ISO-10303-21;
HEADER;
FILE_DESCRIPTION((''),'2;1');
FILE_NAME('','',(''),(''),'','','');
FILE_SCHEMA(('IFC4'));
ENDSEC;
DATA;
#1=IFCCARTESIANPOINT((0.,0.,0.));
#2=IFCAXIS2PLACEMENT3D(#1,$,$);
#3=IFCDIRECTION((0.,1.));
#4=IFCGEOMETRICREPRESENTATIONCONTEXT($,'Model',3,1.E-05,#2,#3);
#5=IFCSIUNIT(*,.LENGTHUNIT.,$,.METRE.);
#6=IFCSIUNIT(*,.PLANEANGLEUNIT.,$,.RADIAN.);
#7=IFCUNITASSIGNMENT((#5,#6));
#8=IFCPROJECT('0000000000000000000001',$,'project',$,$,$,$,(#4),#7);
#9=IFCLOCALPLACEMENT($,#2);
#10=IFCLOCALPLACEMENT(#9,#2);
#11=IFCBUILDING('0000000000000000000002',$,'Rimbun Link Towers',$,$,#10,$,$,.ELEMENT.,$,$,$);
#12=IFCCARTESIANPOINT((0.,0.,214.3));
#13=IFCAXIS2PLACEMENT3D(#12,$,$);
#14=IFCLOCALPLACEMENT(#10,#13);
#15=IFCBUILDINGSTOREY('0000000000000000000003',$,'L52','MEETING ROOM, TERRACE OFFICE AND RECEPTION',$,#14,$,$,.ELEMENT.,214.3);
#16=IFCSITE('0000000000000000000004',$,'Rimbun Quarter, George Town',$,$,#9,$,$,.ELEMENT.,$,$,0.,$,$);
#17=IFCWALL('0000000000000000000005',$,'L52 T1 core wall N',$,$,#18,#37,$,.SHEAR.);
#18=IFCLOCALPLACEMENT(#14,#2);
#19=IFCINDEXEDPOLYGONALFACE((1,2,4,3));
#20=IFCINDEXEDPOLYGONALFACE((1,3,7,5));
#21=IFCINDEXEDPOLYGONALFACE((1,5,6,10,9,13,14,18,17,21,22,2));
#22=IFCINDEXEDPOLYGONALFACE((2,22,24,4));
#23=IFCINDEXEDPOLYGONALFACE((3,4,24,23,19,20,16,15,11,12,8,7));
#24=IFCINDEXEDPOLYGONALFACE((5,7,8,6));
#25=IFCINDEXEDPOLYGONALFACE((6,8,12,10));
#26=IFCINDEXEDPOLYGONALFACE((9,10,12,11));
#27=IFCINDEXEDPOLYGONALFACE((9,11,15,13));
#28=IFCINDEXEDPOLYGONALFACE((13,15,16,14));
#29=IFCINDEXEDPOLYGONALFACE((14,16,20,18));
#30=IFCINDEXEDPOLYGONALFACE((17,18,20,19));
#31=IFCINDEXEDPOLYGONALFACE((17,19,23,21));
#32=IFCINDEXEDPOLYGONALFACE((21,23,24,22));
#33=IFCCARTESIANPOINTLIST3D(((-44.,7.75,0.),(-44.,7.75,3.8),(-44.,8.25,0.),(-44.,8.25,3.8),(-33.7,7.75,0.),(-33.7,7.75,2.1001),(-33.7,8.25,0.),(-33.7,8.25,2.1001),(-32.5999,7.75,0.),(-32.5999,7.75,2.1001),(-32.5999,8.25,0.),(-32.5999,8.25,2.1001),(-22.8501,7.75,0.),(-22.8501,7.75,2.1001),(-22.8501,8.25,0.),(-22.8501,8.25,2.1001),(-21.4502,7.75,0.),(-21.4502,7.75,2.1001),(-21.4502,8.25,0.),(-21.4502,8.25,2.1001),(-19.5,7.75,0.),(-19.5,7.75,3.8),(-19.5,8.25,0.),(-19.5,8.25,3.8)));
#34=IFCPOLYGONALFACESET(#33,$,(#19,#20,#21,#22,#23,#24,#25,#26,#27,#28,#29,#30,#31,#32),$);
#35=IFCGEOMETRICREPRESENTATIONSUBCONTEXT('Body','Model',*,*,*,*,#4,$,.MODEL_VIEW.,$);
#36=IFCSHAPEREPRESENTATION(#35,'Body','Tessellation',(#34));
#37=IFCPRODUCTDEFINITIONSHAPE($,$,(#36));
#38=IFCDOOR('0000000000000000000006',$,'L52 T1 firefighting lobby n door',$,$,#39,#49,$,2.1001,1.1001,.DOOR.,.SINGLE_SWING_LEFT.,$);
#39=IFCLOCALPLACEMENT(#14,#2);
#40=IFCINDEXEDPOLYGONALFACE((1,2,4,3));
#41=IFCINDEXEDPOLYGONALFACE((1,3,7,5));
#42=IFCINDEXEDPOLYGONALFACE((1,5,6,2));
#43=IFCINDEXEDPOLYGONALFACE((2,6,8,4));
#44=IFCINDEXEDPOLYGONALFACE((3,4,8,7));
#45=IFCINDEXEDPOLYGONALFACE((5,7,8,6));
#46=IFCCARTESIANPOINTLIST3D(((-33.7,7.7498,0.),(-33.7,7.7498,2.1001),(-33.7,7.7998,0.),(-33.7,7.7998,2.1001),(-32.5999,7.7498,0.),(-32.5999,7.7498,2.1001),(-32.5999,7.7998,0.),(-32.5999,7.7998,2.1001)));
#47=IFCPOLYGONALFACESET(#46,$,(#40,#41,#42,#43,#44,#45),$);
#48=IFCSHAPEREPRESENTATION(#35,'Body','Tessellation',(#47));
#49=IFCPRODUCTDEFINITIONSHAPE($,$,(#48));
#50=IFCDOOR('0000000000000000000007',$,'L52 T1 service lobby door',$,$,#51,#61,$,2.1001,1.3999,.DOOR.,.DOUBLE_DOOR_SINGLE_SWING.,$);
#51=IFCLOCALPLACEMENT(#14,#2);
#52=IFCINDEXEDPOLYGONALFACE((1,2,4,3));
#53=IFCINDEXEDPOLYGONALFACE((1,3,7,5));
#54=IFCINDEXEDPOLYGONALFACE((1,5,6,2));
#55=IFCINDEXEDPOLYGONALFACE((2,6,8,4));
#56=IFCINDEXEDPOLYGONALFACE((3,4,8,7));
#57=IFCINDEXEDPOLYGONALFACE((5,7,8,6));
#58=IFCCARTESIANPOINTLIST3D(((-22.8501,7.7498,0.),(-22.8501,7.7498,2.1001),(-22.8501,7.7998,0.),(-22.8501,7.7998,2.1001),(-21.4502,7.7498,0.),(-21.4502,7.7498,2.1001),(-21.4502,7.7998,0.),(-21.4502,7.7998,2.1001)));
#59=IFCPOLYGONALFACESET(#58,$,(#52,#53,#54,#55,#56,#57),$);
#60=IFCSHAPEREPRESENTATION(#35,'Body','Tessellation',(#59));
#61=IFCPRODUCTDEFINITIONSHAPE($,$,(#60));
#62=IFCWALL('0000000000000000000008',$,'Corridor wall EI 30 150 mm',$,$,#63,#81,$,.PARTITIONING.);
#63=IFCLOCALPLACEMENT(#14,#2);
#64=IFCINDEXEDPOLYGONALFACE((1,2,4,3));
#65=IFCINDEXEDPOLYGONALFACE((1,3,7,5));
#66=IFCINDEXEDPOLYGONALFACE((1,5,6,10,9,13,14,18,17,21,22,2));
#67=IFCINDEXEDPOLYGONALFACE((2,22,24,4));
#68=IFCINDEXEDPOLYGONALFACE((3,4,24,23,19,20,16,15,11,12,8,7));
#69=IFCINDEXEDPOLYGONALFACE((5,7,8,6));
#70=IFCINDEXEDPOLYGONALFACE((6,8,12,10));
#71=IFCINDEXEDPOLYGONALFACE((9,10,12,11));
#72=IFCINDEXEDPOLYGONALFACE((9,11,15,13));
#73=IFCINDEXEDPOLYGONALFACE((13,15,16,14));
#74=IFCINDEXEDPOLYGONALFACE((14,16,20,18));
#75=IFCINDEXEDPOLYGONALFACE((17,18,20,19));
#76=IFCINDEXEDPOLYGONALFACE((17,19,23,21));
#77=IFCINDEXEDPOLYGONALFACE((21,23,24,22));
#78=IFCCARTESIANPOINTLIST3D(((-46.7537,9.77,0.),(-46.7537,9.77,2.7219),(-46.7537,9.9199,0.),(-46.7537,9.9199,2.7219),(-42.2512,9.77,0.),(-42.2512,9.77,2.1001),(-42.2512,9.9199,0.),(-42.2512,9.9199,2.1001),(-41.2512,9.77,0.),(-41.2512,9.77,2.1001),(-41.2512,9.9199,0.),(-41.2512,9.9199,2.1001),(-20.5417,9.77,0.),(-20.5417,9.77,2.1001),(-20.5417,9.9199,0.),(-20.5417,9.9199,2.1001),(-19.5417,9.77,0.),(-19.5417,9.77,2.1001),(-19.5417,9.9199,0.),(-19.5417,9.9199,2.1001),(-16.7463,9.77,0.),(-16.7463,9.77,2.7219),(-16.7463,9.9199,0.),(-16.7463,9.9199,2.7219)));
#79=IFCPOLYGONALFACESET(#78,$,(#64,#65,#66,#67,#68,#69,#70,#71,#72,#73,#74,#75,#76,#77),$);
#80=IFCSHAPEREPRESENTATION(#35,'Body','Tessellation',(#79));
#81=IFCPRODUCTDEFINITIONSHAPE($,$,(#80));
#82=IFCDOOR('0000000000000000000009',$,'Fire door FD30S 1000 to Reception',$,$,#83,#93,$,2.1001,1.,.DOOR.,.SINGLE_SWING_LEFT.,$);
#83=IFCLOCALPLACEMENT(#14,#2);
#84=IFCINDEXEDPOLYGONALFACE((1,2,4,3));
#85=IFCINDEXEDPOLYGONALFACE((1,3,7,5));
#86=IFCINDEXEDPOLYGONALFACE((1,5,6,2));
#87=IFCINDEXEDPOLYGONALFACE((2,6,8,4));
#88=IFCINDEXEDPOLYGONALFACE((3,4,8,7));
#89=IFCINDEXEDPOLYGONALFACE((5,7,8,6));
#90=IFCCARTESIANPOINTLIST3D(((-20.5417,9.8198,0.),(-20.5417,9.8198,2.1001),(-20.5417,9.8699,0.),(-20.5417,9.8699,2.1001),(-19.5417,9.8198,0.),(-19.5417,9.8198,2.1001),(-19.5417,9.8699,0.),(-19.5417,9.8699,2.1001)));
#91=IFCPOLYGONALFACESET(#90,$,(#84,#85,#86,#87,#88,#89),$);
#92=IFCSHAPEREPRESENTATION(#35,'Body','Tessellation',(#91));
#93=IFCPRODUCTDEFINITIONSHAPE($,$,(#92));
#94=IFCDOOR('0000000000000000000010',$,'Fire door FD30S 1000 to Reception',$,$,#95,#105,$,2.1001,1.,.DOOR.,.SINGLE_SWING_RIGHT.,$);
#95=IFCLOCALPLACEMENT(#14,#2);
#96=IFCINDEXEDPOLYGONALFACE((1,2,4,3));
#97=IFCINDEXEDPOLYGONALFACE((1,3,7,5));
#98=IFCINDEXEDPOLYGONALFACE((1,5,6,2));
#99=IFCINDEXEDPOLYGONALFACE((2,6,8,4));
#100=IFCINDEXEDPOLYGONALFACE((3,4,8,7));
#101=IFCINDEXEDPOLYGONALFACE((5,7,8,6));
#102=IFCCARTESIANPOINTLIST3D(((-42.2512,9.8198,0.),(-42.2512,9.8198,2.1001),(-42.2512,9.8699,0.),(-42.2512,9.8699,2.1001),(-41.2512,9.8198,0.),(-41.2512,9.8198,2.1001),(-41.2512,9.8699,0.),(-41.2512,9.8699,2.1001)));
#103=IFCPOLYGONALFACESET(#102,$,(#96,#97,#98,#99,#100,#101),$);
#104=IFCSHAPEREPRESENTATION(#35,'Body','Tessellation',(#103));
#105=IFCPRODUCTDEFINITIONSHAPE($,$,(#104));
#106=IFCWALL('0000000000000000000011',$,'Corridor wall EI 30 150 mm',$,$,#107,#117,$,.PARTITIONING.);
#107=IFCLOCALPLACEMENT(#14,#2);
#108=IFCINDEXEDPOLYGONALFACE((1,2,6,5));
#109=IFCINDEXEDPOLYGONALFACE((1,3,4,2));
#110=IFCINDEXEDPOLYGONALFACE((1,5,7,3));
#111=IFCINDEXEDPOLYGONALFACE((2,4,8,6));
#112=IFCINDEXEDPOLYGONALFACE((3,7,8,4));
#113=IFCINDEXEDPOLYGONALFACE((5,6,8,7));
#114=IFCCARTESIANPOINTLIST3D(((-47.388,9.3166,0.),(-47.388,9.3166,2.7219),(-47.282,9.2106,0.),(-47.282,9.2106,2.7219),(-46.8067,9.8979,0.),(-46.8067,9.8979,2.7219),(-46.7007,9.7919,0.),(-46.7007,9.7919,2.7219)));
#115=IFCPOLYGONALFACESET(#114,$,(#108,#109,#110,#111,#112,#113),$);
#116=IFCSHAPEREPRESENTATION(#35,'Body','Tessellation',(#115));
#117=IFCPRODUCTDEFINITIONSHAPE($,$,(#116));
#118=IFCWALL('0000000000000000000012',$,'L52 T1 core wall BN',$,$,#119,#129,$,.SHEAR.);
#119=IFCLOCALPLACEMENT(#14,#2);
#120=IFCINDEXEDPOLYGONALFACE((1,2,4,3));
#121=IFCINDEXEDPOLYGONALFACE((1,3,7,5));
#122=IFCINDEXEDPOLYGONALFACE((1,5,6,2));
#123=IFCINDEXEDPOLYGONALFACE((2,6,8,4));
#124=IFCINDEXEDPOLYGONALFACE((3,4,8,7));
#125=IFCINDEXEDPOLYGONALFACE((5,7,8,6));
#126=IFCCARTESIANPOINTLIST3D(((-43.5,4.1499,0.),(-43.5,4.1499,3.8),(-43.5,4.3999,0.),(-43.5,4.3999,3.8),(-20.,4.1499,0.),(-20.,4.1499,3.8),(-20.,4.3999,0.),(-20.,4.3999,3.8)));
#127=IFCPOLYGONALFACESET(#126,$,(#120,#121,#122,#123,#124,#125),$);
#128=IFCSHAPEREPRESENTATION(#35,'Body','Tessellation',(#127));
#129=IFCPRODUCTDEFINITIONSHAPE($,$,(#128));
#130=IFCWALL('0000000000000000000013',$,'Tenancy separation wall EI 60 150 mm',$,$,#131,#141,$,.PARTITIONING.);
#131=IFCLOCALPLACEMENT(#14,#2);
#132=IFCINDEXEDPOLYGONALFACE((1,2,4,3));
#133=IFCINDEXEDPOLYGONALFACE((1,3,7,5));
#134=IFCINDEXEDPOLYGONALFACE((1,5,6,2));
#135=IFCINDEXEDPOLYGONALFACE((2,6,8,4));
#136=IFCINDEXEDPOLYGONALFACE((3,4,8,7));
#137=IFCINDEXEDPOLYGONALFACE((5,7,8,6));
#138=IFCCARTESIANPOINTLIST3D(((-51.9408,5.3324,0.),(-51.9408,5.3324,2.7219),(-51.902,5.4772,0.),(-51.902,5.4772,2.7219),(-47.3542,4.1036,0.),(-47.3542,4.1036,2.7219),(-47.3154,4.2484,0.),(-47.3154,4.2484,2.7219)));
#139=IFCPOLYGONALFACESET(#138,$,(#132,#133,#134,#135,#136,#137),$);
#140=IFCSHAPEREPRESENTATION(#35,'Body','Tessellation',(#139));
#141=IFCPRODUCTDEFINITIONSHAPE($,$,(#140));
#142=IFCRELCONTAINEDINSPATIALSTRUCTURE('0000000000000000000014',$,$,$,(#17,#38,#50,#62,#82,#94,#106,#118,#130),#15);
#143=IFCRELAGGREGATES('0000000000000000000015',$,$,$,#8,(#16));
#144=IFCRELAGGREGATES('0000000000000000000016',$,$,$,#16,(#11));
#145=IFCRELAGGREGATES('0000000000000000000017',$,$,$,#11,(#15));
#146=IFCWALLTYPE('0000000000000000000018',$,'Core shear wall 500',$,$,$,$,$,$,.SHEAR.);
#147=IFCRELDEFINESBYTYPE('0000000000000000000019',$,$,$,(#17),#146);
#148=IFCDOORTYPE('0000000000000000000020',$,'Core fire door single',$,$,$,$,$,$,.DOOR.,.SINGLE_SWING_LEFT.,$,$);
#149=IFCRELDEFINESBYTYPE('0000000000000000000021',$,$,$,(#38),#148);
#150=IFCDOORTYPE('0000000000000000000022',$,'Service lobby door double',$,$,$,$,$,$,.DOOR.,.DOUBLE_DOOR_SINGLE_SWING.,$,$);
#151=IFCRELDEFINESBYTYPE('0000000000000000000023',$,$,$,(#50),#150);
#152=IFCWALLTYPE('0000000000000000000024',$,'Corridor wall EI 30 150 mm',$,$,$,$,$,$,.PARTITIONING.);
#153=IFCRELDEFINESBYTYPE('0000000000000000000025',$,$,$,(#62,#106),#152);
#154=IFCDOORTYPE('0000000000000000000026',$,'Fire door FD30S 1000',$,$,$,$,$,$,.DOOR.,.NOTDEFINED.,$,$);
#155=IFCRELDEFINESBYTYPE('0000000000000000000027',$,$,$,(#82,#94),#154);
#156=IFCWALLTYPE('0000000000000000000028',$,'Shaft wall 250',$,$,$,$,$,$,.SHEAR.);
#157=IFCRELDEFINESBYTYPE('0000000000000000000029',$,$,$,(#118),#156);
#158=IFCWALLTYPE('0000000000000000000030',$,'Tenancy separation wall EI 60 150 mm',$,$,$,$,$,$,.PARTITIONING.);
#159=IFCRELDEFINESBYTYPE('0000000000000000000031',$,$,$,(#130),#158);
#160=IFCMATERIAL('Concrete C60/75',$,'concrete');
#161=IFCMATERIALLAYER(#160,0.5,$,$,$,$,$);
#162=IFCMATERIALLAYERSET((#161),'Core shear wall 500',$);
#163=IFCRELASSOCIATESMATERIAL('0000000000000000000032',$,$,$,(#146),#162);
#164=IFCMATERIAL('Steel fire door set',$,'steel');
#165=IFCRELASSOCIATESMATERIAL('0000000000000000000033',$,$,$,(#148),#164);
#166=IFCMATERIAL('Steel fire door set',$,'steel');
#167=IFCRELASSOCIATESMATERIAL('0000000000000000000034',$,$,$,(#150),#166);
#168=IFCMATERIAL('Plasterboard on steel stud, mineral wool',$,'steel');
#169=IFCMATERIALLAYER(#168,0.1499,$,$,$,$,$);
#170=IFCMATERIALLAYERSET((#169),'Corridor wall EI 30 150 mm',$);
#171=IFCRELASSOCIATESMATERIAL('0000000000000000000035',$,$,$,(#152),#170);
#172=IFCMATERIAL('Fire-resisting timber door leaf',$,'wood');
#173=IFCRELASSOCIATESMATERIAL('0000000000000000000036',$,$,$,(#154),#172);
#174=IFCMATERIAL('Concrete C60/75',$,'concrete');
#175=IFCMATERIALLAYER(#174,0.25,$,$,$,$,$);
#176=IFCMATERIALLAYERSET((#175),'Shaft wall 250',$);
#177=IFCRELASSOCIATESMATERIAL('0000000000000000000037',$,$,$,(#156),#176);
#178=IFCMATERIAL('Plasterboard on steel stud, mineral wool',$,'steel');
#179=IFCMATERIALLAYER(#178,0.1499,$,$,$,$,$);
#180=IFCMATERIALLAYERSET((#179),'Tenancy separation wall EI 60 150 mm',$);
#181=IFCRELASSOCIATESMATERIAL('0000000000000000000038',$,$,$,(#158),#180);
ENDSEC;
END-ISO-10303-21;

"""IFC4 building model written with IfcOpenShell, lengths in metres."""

from ifc_helpers import new_model, si_unit, direction, frame, frame_2d, origin, place, context, subcontext, project, spatial, rectangle, extrude, material, layer, layer_set, type_object, element, fill, save


model = new_model("IFC4")

# Units and contexts
model_context = context("Model", 3, precision=1e-05, world=origin(), true_north=direction((0.0, 1.0)))
body_context = subcontext(model_context, "Body", "Model", "MODEL_VIEW")
ifc_project = project(units=[si_unit("LENGTHUNIT", "METRE"), si_unit("PLANEANGLEUNIT", "RADIAN")], contexts=[model_context])

# Site, building, storey
site_placement = place(None, origin())
site = spatial("IfcSite", under=ifc_project, at=site_placement, Name="Rimbun Quarter, George Town", CompositionType="ELEMENT", RefElevation=0.0)
building_placement = place(site_placement, origin())
building = spatial("IfcBuilding", under=site, at=building_placement, Name="Rimbun Link Towers", CompositionType="ELEMENT")
storey_placement = place(building_placement, frame((0.0, 0.0, 214.3)))
storey = spatial("IfcBuildingStorey", under=building, at=storey_placement, Name="L52", Description="MEETING ROOM, TERRACE OFFICE AND RECEPTION", CompositionType="ELEMENT", Elevation=214.3)

# Walls, openings, doors
ifc_material_1 = material(Name="Concrete C60/75", Category="concrete")
ifc_layer_1 = layer(ifc_material_1, 0.5)
ifc_layer_set_1 = layer_set([ifc_layer_1], Name="Core shear wall 500")
wall_type_1 = type_object("IfcWallType", Name="Core shear wall 500", PredefinedType="SHEAR", material=ifc_layer_set_1)
wall_1_placement = place(storey_placement, frame((-44.0, 8.0, 0.0), z_axis=(0.0, 0.0, 1.0), x_axis=(1.0, 0.0, 0.0)))
wall_1 = element("IfcWall", 1, at=wall_1_placement, inside=storey, type_object=wall_type_1, Name="L52 T1 core wall N", PredefinedType="SHEAR", context=body_context, shape_type="SweptSolid", body=[
    extrude(rectangle(XDim=24.5, YDim=0.5, at=frame_2d((12.25, 0.0))), origin(), (0.0, 0.0, 1.0), 3.8),
])
opening_1_placement = place(wall_1_placement, frame((10.3, 0.0, 0.0)))
opening_1 = element("IfcOpeningElement", 2, at=opening_1_placement, cuts=wall_1, PredefinedType="OPENING", context=body_context, shape_type="SweptSolid", body=[
    extrude(rectangle(XDim=1.1001, YDim=2.1001, at=frame_2d((0.55, 1.05))), frame((0.0, 0.26, 0.0), z_axis=(0.0, -1.0, 0.0), x_axis=(1.0, 0.0, 0.0)), (0.0, 0.0, 1.0), 0.52),
])
opening_2_placement = place(wall_1_placement, frame((21.1499, 0.0, 0.0)))
opening_2 = element("IfcOpeningElement", 3, at=opening_2_placement, cuts=wall_1, PredefinedType="OPENING", context=body_context, shape_type="SweptSolid", body=[
    extrude(rectangle(XDim=1.3999, YDim=2.1001, at=frame_2d((0.7, 1.05))), frame((0.0, 0.26, 0.0), z_axis=(0.0, -1.0, 0.0), x_axis=(1.0, 0.0, 0.0)), (0.0, 0.0, 1.0), 0.52),
])
ifc_material_2 = material(Name="Steel fire door set", Category="steel")
door_type_1 = type_object("IfcDoorType", Name="Core fire door single", OperationType="SINGLE_SWING_LEFT", PredefinedType="DOOR", material=ifc_material_2)
door_1_placement = place(opening_1_placement, origin())
door_1 = element("IfcDoor", 4, at=door_1_placement, inside=storey, type_object=door_type_1, Name="L52 T1 firefighting lobby n door", OperationType="SINGLE_SWING_LEFT", OverallHeight=2.1001, OverallWidth=1.1001, PredefinedType="DOOR", context=body_context, shape_type="SweptSolid", body=[
    extrude(rectangle(XDim=1.1001, YDim=2.1001, at=frame_2d((0.55, 1.05))), frame((0.0, -0.2002, 0.0), z_axis=(0.0, -1.0, 0.0), x_axis=(1.0, 0.0, 0.0)), (0.0, 0.0, 1.0), 0.05),
])
fill(opening_1, door_1)
ifc_material_3 = material(Name="Steel fire door set", Category="steel")
door_type_2 = type_object("IfcDoorType", Name="Service lobby door double", OperationType="DOUBLE_DOOR_SINGLE_SWING", PredefinedType="DOOR", material=ifc_material_3)
door_2_placement = place(opening_2_placement, origin())
door_2 = element("IfcDoor", 5, at=door_2_placement, inside=storey, type_object=door_type_2, Name="L52 T1 service lobby door", OperationType="DOUBLE_DOOR_SINGLE_SWING", OverallHeight=2.1001, OverallWidth=1.3999, PredefinedType="DOOR", context=body_context, shape_type="SweptSolid", body=[
    extrude(rectangle(XDim=1.3999, YDim=2.1001, at=frame_2d((0.7, 1.05))), frame((0.0, -0.2002, 0.0), z_axis=(0.0, -1.0, 0.0), x_axis=(1.0, 0.0, 0.0)), (0.0, 0.0, 1.0), 0.05),
])
fill(opening_2, door_2)
ifc_material_4 = material(Name="Plasterboard on steel stud, mineral wool", Category="steel")
ifc_layer_2 = layer(ifc_material_4, 0.1499)
ifc_layer_set_2 = layer_set([ifc_layer_2], Name="Corridor wall EI 30 150 mm")
wall_type_2 = type_object("IfcWallType", Name="Corridor wall EI 30 150 mm", PredefinedType="PARTITIONING", material=ifc_layer_set_2)
wall_2_placement = place(storey_placement, frame((-46.7537, 9.845, 0.0), z_axis=(0.0, 0.0, 1.0), x_axis=(1.0, 0.0, 0.0)))
wall_2 = element("IfcWall", 6, at=wall_2_placement, inside=storey, type_object=wall_type_2, Name="Corridor wall EI 30 150 mm", PredefinedType="PARTITIONING", context=body_context, shape_type="SweptSolid", body=[
    extrude(rectangle(XDim=30.0073, YDim=0.1499, at=frame_2d((15.0037, 0.0))), origin(), (0.0, 0.0, 1.0), 2.7219),
])
opening_3_placement = place(wall_2_placement, frame((26.2119, 0.0, 0.0)))
opening_3 = element("IfcOpeningElement", 7, at=opening_3_placement, cuts=wall_2, PredefinedType="OPENING", context=body_context, shape_type="SweptSolid", body=[
    extrude(rectangle(XDim=1.0, YDim=2.1001, at=frame_2d((0.5, 1.05))), frame((0.0, 0.085, 0.0), z_axis=(0.0, -1.0, 0.0), x_axis=(1.0, 0.0, 0.0)), (0.0, 0.0, 1.0), 0.1699),
])
opening_4_placement = place(wall_2_placement, frame((4.5024, 0.0, 0.0)))
opening_4 = element("IfcOpeningElement", 8, at=opening_4_placement, cuts=wall_2, PredefinedType="OPENING", context=body_context, shape_type="SweptSolid", body=[
    extrude(rectangle(XDim=1.0, YDim=2.1001, at=frame_2d((0.5, 1.05))), frame((0.0, 0.085, 0.0), z_axis=(0.0, -1.0, 0.0), x_axis=(1.0, 0.0, 0.0)), (0.0, 0.0, 1.0), 0.1699),
])
ifc_material_5 = material(Name="Fire-resisting timber door leaf", Category="wood")
door_type_3 = type_object("IfcDoorType", Name="Fire door FD30S 1000", OperationType="NOTDEFINED", PredefinedType="DOOR", material=ifc_material_5)
door_3_placement = place(opening_3_placement, origin())
door_3 = element("IfcDoor", 9, at=door_3_placement, inside=storey, type_object=door_type_3, Name="Fire door FD30S 1000 to Reception", OperationType="SINGLE_SWING_LEFT", OverallHeight=2.1001, OverallWidth=1.0, PredefinedType="DOOR", context=body_context, shape_type="SweptSolid", body=[
    extrude(rectangle(XDim=1.0, YDim=2.1001, at=frame_2d((0.5, 1.05))), frame((0.0, 0.0249, 0.0), z_axis=(0.0, -1.0, 0.0), x_axis=(1.0, 0.0, 0.0)), (0.0, 0.0, 1.0), 0.05),
])
fill(opening_3, door_3)
door_4_placement = place(opening_4_placement, origin())
door_4 = element("IfcDoor", 10, at=door_4_placement, inside=storey, type_object=door_type_3, Name="Fire door FD30S 1000 to Reception", OperationType="SINGLE_SWING_RIGHT", OverallHeight=2.1001, OverallWidth=1.0, PredefinedType="DOOR", context=body_context, shape_type="SweptSolid", body=[
    extrude(rectangle(XDim=1.0, YDim=2.1001, at=frame_2d((0.5, 1.05))), frame((0.0, 0.0249, 0.0), z_axis=(0.0, -1.0, 0.0), x_axis=(1.0, 0.0, 0.0)), (0.0, 0.0, 1.0), 0.05),
])
fill(opening_4, door_4)

# Walls
wall_3_placement = place(storey_placement, frame((-46.7537, 9.845, 0.0), z_axis=(0.0, 0.0, 1.0), x_axis=(-0.707107, -0.707107, 0.0)))
element("IfcWall", 11, at=wall_3_placement, inside=storey, type_object=wall_type_2, Name="Corridor wall EI 30 150 mm", PredefinedType="PARTITIONING", context=body_context, shape_type="SweptSolid", body=[
    extrude(rectangle(XDim=0.822, YDim=0.1499, at=frame_2d((0.4111, 0.0))), origin(), (0.0, 0.0, 1.0), 2.7219),
])
ifc_material_6 = material(Name="Concrete C60/75", Category="concrete")
ifc_layer_3 = layer(ifc_material_6, 0.25)
ifc_layer_set_3 = layer_set([ifc_layer_3], Name="Shaft wall 250")
wall_type_3 = type_object("IfcWallType", Name="Shaft wall 250", PredefinedType="SHEAR", material=ifc_layer_set_3)
wall_4_placement = place(storey_placement, frame((-43.5, 4.2749, 0.0), z_axis=(0.0, 0.0, 1.0), x_axis=(1.0, 0.0, 0.0)))
element("IfcWall", 12, at=wall_4_placement, inside=storey, type_object=wall_type_3, Name="L52 T1 core wall BN", PredefinedType="SHEAR", context=body_context, shape_type="SweptSolid", body=[
    extrude(rectangle(XDim=23.5, YDim=0.25, at=frame_2d((11.75, 0.0))), origin(), (0.0, 0.0, 1.0), 3.8),
])
ifc_material_7 = material(Name="Plasterboard on steel stud, mineral wool", Category="steel")
ifc_layer_4 = layer(ifc_material_7, 0.1499)
ifc_layer_set_4 = layer_set([ifc_layer_4], Name="Tenancy separation wall EI 60 150 mm")
wall_type_4 = type_object("IfcWallType", Name="Tenancy separation wall EI 60 150 mm", PredefinedType="PARTITIONING", material=ifc_layer_set_4)
wall_5_placement = place(storey_placement, frame((-47.335, 4.176, 0.0), z_axis=(0.0, 0.0, 1.0), x_axis=(-0.965935, 0.258786, 0.0)))
element("IfcWall", 13, at=wall_5_placement, inside=storey, type_object=wall_type_4, Name="Tenancy separation wall EI 60 150 mm", PredefinedType="PARTITIONING", context=body_context, shape_type="SweptSolid", body=[
    extrude(rectangle(XDim=4.7483, YDim=0.1499, at=frame_2d((2.374, 0.0))), origin(), (0.0, 0.0, 1.0), 2.7219),
])

save(model, "model.ifc")
